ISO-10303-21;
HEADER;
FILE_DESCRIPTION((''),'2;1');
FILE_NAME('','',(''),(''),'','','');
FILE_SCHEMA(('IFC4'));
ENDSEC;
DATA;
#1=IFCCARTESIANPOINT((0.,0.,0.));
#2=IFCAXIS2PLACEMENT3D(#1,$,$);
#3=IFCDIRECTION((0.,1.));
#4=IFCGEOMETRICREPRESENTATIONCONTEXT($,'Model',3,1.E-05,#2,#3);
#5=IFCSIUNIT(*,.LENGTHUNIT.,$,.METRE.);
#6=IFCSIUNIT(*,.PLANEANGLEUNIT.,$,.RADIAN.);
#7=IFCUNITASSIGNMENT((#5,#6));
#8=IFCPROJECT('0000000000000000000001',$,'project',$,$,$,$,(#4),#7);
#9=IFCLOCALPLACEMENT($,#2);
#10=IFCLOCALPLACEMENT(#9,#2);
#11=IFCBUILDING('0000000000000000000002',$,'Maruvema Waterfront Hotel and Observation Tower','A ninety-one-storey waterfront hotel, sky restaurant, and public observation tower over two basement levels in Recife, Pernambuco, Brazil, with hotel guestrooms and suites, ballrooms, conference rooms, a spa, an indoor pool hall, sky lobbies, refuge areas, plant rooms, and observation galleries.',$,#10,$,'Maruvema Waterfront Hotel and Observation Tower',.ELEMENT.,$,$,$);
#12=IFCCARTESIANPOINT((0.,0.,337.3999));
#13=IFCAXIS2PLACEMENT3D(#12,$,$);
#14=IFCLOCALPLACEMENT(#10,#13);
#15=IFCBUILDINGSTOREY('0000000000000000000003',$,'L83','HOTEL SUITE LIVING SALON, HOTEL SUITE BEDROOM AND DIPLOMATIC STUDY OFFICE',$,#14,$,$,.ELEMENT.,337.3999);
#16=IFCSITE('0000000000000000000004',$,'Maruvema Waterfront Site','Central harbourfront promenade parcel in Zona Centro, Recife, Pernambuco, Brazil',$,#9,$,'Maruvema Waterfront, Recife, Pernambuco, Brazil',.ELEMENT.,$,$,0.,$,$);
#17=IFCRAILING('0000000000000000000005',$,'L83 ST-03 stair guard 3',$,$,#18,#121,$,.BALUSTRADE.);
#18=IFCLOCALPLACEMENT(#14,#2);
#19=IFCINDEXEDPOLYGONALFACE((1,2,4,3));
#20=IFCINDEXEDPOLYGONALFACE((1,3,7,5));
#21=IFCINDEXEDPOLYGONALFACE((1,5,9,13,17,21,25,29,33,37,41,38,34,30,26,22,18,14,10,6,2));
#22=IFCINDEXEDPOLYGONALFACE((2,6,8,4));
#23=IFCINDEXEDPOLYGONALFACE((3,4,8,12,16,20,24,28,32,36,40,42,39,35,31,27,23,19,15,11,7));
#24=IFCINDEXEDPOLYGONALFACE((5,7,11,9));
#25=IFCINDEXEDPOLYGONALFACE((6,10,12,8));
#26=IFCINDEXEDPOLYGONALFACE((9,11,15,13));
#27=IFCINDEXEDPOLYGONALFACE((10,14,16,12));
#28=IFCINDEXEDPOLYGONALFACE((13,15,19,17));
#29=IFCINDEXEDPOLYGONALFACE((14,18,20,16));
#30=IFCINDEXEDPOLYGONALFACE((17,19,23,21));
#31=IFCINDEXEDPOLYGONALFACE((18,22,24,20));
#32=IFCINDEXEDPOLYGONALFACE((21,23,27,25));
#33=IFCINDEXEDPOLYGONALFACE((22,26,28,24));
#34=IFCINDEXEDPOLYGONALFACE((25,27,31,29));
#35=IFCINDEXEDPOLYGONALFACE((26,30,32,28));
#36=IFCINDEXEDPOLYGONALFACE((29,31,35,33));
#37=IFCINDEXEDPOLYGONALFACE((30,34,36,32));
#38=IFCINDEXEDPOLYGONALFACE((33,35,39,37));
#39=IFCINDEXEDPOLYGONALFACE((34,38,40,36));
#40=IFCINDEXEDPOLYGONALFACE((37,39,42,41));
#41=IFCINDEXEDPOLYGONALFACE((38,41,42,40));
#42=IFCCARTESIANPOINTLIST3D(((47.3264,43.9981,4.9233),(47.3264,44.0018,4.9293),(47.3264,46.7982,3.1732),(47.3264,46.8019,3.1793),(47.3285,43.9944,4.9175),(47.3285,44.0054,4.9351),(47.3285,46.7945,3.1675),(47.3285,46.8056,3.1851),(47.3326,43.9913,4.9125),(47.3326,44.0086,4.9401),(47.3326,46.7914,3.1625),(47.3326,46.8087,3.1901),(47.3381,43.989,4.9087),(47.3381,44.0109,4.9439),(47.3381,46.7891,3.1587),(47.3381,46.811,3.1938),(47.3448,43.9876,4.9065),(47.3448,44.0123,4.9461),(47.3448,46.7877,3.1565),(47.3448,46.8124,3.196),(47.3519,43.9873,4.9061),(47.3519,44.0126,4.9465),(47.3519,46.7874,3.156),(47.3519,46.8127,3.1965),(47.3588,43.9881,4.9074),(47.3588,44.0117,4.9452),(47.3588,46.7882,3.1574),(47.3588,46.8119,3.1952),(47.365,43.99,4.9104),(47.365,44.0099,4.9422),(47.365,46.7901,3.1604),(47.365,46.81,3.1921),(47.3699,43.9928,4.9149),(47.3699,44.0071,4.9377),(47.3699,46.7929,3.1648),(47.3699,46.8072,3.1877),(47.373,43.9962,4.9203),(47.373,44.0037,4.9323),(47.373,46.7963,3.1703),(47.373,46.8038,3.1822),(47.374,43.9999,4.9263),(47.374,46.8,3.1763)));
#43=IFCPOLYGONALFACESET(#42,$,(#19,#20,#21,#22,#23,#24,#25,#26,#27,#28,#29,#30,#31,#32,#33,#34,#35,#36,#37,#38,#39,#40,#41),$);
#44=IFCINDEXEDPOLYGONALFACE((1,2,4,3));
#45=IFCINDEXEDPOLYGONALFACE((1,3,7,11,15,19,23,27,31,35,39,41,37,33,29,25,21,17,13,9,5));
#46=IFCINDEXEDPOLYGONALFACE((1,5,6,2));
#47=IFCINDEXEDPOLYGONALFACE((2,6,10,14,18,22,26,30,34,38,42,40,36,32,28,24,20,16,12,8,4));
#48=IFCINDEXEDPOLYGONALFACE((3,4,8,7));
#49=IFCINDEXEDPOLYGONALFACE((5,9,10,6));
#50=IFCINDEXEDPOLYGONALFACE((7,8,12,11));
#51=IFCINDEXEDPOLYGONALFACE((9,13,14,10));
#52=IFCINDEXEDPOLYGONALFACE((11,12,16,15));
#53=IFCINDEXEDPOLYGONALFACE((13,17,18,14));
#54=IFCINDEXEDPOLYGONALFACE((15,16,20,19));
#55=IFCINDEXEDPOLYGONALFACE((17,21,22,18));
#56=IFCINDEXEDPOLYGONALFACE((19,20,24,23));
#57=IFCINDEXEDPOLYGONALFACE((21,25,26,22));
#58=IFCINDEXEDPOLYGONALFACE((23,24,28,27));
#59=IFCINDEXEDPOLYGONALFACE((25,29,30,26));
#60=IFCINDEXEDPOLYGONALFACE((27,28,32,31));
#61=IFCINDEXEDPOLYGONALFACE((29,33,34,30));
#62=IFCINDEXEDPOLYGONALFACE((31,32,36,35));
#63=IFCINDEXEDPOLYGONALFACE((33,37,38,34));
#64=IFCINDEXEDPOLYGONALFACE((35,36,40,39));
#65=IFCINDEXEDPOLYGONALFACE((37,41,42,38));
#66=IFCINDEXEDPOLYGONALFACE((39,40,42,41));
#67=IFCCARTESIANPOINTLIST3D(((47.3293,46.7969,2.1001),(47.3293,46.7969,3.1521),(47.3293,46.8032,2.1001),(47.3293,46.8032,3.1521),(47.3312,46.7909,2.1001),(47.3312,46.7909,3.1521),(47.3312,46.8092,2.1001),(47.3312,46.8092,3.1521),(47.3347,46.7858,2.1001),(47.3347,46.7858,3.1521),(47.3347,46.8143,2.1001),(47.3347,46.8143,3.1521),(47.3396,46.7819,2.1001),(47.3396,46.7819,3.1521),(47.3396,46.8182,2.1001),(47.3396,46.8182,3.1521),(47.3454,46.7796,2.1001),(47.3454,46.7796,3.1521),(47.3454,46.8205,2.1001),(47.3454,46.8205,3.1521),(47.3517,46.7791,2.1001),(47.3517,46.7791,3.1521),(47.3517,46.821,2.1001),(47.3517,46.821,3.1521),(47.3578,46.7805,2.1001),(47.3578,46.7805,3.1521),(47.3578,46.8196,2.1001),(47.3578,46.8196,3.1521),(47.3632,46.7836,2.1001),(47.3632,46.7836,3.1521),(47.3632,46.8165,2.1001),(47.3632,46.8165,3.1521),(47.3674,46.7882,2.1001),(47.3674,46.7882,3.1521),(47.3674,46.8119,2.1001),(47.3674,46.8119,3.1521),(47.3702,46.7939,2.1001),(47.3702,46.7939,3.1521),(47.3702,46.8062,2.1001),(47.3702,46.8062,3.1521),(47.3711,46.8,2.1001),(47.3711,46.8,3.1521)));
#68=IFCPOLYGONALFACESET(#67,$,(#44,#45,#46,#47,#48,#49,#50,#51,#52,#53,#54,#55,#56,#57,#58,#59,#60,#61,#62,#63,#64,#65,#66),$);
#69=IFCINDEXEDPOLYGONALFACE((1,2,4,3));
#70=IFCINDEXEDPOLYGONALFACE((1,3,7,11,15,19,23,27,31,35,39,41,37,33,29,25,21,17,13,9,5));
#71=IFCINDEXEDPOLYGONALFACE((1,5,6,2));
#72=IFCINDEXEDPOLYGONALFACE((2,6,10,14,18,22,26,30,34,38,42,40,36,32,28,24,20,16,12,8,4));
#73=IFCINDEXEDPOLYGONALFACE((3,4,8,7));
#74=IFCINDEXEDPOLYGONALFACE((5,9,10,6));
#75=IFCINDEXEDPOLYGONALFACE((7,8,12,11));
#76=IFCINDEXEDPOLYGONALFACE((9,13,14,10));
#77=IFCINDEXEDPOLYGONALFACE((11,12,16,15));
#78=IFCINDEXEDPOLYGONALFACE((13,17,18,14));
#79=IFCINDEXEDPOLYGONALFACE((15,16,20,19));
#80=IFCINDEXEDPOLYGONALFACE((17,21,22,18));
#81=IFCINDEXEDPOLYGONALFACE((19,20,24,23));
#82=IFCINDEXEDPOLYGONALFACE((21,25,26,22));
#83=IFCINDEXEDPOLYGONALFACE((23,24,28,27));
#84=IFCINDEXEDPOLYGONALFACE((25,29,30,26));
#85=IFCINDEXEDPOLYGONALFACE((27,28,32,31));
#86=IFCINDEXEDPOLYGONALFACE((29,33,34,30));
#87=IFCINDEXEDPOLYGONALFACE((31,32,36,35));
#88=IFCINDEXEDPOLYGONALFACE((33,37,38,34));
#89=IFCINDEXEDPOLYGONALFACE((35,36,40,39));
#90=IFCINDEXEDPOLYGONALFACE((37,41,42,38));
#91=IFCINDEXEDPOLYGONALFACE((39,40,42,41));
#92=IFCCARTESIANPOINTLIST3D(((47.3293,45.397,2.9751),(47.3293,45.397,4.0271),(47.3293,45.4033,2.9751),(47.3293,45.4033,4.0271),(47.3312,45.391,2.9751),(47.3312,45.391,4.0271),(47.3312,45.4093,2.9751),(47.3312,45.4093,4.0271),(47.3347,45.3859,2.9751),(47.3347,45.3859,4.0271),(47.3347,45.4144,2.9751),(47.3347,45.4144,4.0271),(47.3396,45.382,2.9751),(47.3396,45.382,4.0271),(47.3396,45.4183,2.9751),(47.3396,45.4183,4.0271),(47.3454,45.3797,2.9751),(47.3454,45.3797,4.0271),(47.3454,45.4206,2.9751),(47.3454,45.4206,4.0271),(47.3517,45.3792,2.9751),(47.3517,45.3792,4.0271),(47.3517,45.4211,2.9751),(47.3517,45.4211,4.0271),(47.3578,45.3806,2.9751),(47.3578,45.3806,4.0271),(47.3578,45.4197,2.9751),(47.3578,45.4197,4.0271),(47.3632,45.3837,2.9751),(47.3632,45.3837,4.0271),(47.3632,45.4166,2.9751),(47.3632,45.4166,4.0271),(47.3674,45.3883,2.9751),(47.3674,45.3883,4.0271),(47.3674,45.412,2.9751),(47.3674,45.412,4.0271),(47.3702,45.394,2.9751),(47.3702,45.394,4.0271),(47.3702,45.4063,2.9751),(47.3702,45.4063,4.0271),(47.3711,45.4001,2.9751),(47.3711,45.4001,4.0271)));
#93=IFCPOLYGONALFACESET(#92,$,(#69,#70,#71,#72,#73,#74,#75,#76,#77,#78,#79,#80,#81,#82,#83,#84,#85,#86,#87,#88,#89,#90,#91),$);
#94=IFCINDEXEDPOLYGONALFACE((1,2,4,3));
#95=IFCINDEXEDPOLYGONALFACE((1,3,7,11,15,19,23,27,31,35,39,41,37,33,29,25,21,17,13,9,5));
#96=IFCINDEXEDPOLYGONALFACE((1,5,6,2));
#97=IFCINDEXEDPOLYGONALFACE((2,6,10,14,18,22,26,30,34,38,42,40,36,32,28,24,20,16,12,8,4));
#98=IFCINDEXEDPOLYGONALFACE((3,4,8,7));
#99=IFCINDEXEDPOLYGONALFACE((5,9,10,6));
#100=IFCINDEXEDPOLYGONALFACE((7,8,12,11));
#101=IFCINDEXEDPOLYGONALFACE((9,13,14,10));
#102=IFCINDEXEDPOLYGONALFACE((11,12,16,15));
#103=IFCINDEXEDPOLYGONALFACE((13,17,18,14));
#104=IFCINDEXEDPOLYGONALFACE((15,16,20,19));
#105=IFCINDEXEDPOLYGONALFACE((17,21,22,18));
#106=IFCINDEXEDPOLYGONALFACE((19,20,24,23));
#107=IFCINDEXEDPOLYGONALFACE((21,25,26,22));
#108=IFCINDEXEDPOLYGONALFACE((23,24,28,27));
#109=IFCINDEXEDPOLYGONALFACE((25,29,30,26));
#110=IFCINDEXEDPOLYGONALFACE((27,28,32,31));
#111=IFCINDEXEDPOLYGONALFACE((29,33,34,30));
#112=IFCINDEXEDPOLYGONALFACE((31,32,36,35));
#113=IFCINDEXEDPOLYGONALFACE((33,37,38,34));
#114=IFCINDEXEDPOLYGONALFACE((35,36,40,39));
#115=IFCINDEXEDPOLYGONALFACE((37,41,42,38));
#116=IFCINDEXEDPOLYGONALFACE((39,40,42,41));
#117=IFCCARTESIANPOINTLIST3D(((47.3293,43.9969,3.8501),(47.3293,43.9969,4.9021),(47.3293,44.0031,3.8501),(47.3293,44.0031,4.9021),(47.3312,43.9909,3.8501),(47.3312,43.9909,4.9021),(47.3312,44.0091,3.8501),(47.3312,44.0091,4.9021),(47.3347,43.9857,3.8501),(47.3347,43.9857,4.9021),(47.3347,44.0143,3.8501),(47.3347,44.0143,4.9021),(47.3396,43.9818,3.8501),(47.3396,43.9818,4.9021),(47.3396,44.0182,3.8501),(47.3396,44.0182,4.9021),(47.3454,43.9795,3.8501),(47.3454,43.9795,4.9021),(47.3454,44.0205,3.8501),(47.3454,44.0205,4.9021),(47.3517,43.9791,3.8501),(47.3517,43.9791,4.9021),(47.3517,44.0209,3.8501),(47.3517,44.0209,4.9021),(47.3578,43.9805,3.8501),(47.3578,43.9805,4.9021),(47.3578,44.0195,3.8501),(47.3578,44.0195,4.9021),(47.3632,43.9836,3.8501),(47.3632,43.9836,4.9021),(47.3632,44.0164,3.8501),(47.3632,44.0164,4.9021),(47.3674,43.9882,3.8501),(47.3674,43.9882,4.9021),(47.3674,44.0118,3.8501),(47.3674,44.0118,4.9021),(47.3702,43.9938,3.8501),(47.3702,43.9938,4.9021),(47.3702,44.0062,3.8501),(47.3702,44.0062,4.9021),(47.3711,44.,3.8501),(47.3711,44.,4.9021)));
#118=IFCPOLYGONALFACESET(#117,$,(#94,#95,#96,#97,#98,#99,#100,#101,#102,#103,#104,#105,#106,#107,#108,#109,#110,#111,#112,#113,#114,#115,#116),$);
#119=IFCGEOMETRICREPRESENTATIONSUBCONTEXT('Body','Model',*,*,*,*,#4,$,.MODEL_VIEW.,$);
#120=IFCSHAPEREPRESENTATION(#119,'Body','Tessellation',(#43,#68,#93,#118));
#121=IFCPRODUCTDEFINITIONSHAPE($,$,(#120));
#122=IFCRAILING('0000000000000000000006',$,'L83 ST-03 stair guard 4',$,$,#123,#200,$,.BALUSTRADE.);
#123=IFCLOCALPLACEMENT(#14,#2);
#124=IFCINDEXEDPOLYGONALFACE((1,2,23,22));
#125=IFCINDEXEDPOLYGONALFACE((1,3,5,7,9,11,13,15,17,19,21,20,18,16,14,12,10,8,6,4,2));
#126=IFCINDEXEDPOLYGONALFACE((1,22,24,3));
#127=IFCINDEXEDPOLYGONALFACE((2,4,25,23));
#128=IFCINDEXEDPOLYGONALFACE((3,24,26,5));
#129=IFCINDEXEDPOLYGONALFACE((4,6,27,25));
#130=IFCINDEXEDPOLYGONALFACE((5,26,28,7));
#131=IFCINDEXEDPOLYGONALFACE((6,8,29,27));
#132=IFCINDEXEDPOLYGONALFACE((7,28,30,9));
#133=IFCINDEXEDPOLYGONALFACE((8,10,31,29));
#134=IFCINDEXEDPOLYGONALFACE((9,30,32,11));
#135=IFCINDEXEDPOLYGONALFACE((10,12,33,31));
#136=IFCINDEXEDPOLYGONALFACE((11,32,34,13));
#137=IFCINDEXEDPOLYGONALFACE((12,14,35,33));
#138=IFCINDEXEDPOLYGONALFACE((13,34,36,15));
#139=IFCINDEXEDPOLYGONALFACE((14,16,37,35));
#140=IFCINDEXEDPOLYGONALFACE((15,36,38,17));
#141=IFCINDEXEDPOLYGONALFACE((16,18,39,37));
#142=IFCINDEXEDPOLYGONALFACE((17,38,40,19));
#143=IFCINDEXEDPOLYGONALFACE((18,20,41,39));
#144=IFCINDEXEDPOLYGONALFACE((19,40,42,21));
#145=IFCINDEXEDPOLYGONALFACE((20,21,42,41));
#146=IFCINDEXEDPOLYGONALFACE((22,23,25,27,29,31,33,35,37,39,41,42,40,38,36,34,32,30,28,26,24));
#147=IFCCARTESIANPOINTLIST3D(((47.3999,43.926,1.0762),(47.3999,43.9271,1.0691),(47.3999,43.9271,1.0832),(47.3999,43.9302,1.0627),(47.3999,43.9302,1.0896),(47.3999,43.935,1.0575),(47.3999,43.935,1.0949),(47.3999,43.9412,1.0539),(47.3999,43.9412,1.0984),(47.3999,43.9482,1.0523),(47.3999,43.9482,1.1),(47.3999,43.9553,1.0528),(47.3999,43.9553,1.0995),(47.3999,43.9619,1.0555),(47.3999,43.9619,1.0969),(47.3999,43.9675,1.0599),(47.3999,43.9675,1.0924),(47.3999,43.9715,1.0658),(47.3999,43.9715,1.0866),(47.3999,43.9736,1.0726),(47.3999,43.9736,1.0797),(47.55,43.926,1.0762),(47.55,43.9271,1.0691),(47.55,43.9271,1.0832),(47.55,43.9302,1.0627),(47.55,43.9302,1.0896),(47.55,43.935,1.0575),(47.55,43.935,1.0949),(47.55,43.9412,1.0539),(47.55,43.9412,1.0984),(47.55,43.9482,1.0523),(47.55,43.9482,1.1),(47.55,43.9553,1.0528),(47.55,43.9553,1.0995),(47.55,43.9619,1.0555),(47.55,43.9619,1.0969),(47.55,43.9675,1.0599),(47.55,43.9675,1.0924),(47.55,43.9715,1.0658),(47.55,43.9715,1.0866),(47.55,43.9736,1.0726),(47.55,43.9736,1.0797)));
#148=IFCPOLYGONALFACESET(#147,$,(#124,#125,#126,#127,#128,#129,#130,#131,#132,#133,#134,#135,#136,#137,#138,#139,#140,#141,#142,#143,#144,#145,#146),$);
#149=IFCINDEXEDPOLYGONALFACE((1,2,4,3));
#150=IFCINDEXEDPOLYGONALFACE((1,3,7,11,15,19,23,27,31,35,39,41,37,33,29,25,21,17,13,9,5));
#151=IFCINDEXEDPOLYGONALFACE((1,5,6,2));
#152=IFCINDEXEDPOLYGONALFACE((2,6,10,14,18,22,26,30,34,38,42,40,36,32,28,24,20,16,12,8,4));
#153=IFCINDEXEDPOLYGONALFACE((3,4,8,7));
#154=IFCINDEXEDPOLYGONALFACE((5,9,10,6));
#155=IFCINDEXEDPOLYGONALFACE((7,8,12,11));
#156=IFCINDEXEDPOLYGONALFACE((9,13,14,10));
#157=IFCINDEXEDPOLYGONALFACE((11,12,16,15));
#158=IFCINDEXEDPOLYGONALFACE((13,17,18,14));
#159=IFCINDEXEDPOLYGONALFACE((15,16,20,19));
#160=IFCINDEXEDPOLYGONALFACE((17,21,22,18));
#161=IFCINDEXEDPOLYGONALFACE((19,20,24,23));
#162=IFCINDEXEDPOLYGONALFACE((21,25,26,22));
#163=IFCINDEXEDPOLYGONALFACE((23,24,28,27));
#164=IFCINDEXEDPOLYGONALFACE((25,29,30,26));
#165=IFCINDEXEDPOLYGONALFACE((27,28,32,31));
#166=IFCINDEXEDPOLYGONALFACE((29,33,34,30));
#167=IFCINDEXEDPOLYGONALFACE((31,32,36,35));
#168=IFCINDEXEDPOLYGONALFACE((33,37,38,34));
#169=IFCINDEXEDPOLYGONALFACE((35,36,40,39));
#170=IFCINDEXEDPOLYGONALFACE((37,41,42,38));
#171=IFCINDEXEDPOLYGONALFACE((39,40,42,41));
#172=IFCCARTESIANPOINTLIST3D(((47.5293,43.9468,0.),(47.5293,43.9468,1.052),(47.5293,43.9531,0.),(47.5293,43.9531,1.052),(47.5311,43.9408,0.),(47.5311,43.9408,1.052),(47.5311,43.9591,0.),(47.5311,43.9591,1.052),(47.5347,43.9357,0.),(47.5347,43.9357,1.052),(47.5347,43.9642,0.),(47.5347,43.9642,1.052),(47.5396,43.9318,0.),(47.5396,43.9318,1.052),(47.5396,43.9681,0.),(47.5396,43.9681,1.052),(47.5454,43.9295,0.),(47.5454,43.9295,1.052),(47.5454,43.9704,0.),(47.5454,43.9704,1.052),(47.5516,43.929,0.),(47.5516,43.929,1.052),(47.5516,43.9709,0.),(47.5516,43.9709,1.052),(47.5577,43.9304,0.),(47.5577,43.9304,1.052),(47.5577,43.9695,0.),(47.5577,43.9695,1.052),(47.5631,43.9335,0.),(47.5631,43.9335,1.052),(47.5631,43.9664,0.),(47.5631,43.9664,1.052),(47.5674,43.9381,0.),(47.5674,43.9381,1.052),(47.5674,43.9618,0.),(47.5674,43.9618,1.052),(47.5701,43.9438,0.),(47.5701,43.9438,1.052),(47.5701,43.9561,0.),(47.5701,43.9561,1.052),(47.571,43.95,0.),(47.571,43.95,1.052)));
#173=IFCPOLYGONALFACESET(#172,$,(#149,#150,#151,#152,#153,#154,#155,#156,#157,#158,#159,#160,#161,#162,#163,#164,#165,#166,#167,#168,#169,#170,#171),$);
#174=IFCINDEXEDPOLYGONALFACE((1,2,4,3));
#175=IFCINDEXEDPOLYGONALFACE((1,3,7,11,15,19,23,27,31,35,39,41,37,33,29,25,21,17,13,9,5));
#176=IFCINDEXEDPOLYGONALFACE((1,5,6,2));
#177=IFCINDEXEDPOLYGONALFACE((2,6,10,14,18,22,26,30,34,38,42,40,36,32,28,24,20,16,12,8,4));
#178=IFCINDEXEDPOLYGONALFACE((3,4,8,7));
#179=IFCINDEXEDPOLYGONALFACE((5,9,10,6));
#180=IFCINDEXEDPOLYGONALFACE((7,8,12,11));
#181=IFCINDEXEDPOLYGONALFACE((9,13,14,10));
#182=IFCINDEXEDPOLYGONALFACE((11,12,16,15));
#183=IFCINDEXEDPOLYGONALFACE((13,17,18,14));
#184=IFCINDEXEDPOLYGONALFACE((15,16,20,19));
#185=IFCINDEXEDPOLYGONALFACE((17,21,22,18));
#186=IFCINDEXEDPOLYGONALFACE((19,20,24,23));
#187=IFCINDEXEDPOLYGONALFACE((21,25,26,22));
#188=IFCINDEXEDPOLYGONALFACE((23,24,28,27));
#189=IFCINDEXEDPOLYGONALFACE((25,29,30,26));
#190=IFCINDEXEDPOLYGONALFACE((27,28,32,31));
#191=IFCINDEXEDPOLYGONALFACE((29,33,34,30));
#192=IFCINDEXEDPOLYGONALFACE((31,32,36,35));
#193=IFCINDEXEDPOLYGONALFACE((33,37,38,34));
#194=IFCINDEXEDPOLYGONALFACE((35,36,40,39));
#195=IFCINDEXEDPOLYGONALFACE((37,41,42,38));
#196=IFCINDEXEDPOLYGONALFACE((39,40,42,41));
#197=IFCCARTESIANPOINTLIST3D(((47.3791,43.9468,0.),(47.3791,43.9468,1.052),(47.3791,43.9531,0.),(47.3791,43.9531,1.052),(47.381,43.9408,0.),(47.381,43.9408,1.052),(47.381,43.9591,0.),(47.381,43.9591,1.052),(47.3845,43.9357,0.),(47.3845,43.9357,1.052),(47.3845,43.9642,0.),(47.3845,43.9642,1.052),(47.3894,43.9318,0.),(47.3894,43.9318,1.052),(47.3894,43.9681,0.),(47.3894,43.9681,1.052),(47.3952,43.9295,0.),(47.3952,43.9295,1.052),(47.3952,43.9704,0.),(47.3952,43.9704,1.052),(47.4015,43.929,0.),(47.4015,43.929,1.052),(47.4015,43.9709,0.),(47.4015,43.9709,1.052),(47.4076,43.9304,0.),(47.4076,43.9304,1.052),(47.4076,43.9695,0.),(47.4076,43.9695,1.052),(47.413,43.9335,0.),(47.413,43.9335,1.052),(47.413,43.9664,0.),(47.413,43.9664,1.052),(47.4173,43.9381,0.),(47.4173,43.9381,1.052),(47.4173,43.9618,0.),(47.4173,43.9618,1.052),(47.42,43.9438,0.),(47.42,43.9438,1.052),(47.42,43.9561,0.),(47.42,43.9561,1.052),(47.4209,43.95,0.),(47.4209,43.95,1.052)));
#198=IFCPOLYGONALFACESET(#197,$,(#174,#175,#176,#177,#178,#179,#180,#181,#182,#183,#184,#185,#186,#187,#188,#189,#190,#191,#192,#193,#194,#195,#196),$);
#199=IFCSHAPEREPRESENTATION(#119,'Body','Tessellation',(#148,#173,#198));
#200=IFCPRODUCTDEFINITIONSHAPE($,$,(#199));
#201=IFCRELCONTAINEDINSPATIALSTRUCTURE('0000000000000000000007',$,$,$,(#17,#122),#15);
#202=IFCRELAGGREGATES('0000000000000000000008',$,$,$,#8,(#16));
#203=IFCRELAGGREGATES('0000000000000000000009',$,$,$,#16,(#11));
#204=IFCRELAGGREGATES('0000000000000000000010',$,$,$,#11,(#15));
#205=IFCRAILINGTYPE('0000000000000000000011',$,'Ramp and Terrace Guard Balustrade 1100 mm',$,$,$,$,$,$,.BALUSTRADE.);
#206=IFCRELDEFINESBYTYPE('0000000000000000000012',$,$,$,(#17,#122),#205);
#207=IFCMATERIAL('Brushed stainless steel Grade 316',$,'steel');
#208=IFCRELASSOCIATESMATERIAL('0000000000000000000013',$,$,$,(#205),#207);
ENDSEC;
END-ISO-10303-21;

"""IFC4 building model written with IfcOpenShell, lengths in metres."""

from ifc_helpers import new_model, si_unit, direction, frame, origin, origin_2d, place, context, subcontext, project, spatial, circle, extrude, material, type_object, element, save


model = new_model("IFC4")

# Units and contexts
model_context = context("Model", 3, precision=1e-05, world=origin(), true_north=direction((0.0, 1.0)))
body_context = subcontext(model_context, "Body", "Model", "MODEL_VIEW")
ifc_project = project(units=[si_unit("LENGTHUNIT", "METRE"), si_unit("PLANEANGLEUNIT", "RADIAN")], contexts=[model_context])

# Site, building, storey
site_placement = place(None, origin())
site = spatial("IfcSite", under=ifc_project, at=site_placement, Name="Maruvema Waterfront Site", Description="Central harbourfront promenade parcel in Zona Centro, Recife, Pernambuco, Brazil", LongName="Maruvema Waterfront, Recife, Pernambuco, Brazil", CompositionType="ELEMENT", RefElevation=0.0)
building_placement = place(site_placement, origin())
building = spatial("IfcBuilding", under=site, at=building_placement, Name="Maruvema Waterfront Hotel and Observation Tower", Description="A ninety-one-storey waterfront hotel, sky restaurant, and public observation tower over two basement levels in Recife, Pernambuco, Brazil, with hotel guestrooms and suites, ballrooms, conference rooms, a spa, an indoor pool hall, sky lobbies, refuge areas, plant rooms, and observation galleries.", LongName="Maruvema Waterfront Hotel and Observation Tower", CompositionType="ELEMENT")
storey_placement = place(building_placement, frame((0.0, 0.0, 337.3999)))
storey = spatial("IfcBuildingStorey", under=building, at=storey_placement, Name="L83", Description="HOTEL SUITE LIVING SALON, HOTEL SUITE BEDROOM AND DIPLOMATIC STUDY OFFICE", CompositionType="ELEMENT", Elevation=337.3999)

# Railings
ifc_material_1 = material(Name="Brushed stainless steel Grade 316", Category="steel")
railing_type_1 = type_object("IfcRailingType", Name="Ramp and Terrace Guard Balustrade 1100 mm", PredefinedType="BALUSTRADE", material=ifc_material_1)
railing_1_placement = place(storey_placement, frame((47.3501, 46.8, 2.1001)))
element("IfcRailing", 1, at=railing_1_placement, inside=storey, type_object=railing_type_1, Name="L83 ST-03 stair guard 3", PredefinedType="BALUSTRADE", context=body_context, shape_type="SweptSolid", body=[
    extrude(circle(Radius=0.0239, at=origin_2d()), frame((0.0, 0.0, 1.0762), z_axis=(0.0, -0.848002, 0.529992), x_axis=(1.0, 0.0, 0.0)), (0.0, 0.0, 1.0), 3.302),
    extrude(circle(Radius=0.021, at=origin_2d()), origin(), (0.0, 0.0, 1.0), 1.052),
    extrude(circle(Radius=0.021, at=origin_2d()), frame((0.0, -1.3999, 0.875)), (0.0, 0.0, 1.0), 1.052),
    extrude(circle(Radius=0.021, at=origin_2d()), frame((0.0, -2.8, 1.75)), (0.0, 0.0, 1.0), 1.052),
])
railing_2_placement = place(storey_placement, frame((47.55, 43.95, 0.0)))
element("IfcRailing", 2, at=railing_2_placement, inside=storey, type_object=railing_type_1, Name="L83 ST-03 stair guard 4", PredefinedType="BALUSTRADE", context=body_context, shape_type="SweptSolid", body=[
    extrude(circle(Radius=0.0239, at=origin_2d()), frame((0.0, 0.0, 1.0762), z_axis=(-1.0, 0.0, 0.0), x_axis=(0.0, -1.0, 0.0)), (0.0, 0.0, 1.0), 0.1501),
    extrude(circle(Radius=0.021, at=origin_2d()), origin(), (0.0, 0.0, 1.0), 1.052),
    extrude(circle(Radius=0.021, at=origin_2d()), frame((-0.1501, 0.0, 0.0)), (0.0, 0.0, 1.0), 1.052),
])

save(model, "model.ifc")
